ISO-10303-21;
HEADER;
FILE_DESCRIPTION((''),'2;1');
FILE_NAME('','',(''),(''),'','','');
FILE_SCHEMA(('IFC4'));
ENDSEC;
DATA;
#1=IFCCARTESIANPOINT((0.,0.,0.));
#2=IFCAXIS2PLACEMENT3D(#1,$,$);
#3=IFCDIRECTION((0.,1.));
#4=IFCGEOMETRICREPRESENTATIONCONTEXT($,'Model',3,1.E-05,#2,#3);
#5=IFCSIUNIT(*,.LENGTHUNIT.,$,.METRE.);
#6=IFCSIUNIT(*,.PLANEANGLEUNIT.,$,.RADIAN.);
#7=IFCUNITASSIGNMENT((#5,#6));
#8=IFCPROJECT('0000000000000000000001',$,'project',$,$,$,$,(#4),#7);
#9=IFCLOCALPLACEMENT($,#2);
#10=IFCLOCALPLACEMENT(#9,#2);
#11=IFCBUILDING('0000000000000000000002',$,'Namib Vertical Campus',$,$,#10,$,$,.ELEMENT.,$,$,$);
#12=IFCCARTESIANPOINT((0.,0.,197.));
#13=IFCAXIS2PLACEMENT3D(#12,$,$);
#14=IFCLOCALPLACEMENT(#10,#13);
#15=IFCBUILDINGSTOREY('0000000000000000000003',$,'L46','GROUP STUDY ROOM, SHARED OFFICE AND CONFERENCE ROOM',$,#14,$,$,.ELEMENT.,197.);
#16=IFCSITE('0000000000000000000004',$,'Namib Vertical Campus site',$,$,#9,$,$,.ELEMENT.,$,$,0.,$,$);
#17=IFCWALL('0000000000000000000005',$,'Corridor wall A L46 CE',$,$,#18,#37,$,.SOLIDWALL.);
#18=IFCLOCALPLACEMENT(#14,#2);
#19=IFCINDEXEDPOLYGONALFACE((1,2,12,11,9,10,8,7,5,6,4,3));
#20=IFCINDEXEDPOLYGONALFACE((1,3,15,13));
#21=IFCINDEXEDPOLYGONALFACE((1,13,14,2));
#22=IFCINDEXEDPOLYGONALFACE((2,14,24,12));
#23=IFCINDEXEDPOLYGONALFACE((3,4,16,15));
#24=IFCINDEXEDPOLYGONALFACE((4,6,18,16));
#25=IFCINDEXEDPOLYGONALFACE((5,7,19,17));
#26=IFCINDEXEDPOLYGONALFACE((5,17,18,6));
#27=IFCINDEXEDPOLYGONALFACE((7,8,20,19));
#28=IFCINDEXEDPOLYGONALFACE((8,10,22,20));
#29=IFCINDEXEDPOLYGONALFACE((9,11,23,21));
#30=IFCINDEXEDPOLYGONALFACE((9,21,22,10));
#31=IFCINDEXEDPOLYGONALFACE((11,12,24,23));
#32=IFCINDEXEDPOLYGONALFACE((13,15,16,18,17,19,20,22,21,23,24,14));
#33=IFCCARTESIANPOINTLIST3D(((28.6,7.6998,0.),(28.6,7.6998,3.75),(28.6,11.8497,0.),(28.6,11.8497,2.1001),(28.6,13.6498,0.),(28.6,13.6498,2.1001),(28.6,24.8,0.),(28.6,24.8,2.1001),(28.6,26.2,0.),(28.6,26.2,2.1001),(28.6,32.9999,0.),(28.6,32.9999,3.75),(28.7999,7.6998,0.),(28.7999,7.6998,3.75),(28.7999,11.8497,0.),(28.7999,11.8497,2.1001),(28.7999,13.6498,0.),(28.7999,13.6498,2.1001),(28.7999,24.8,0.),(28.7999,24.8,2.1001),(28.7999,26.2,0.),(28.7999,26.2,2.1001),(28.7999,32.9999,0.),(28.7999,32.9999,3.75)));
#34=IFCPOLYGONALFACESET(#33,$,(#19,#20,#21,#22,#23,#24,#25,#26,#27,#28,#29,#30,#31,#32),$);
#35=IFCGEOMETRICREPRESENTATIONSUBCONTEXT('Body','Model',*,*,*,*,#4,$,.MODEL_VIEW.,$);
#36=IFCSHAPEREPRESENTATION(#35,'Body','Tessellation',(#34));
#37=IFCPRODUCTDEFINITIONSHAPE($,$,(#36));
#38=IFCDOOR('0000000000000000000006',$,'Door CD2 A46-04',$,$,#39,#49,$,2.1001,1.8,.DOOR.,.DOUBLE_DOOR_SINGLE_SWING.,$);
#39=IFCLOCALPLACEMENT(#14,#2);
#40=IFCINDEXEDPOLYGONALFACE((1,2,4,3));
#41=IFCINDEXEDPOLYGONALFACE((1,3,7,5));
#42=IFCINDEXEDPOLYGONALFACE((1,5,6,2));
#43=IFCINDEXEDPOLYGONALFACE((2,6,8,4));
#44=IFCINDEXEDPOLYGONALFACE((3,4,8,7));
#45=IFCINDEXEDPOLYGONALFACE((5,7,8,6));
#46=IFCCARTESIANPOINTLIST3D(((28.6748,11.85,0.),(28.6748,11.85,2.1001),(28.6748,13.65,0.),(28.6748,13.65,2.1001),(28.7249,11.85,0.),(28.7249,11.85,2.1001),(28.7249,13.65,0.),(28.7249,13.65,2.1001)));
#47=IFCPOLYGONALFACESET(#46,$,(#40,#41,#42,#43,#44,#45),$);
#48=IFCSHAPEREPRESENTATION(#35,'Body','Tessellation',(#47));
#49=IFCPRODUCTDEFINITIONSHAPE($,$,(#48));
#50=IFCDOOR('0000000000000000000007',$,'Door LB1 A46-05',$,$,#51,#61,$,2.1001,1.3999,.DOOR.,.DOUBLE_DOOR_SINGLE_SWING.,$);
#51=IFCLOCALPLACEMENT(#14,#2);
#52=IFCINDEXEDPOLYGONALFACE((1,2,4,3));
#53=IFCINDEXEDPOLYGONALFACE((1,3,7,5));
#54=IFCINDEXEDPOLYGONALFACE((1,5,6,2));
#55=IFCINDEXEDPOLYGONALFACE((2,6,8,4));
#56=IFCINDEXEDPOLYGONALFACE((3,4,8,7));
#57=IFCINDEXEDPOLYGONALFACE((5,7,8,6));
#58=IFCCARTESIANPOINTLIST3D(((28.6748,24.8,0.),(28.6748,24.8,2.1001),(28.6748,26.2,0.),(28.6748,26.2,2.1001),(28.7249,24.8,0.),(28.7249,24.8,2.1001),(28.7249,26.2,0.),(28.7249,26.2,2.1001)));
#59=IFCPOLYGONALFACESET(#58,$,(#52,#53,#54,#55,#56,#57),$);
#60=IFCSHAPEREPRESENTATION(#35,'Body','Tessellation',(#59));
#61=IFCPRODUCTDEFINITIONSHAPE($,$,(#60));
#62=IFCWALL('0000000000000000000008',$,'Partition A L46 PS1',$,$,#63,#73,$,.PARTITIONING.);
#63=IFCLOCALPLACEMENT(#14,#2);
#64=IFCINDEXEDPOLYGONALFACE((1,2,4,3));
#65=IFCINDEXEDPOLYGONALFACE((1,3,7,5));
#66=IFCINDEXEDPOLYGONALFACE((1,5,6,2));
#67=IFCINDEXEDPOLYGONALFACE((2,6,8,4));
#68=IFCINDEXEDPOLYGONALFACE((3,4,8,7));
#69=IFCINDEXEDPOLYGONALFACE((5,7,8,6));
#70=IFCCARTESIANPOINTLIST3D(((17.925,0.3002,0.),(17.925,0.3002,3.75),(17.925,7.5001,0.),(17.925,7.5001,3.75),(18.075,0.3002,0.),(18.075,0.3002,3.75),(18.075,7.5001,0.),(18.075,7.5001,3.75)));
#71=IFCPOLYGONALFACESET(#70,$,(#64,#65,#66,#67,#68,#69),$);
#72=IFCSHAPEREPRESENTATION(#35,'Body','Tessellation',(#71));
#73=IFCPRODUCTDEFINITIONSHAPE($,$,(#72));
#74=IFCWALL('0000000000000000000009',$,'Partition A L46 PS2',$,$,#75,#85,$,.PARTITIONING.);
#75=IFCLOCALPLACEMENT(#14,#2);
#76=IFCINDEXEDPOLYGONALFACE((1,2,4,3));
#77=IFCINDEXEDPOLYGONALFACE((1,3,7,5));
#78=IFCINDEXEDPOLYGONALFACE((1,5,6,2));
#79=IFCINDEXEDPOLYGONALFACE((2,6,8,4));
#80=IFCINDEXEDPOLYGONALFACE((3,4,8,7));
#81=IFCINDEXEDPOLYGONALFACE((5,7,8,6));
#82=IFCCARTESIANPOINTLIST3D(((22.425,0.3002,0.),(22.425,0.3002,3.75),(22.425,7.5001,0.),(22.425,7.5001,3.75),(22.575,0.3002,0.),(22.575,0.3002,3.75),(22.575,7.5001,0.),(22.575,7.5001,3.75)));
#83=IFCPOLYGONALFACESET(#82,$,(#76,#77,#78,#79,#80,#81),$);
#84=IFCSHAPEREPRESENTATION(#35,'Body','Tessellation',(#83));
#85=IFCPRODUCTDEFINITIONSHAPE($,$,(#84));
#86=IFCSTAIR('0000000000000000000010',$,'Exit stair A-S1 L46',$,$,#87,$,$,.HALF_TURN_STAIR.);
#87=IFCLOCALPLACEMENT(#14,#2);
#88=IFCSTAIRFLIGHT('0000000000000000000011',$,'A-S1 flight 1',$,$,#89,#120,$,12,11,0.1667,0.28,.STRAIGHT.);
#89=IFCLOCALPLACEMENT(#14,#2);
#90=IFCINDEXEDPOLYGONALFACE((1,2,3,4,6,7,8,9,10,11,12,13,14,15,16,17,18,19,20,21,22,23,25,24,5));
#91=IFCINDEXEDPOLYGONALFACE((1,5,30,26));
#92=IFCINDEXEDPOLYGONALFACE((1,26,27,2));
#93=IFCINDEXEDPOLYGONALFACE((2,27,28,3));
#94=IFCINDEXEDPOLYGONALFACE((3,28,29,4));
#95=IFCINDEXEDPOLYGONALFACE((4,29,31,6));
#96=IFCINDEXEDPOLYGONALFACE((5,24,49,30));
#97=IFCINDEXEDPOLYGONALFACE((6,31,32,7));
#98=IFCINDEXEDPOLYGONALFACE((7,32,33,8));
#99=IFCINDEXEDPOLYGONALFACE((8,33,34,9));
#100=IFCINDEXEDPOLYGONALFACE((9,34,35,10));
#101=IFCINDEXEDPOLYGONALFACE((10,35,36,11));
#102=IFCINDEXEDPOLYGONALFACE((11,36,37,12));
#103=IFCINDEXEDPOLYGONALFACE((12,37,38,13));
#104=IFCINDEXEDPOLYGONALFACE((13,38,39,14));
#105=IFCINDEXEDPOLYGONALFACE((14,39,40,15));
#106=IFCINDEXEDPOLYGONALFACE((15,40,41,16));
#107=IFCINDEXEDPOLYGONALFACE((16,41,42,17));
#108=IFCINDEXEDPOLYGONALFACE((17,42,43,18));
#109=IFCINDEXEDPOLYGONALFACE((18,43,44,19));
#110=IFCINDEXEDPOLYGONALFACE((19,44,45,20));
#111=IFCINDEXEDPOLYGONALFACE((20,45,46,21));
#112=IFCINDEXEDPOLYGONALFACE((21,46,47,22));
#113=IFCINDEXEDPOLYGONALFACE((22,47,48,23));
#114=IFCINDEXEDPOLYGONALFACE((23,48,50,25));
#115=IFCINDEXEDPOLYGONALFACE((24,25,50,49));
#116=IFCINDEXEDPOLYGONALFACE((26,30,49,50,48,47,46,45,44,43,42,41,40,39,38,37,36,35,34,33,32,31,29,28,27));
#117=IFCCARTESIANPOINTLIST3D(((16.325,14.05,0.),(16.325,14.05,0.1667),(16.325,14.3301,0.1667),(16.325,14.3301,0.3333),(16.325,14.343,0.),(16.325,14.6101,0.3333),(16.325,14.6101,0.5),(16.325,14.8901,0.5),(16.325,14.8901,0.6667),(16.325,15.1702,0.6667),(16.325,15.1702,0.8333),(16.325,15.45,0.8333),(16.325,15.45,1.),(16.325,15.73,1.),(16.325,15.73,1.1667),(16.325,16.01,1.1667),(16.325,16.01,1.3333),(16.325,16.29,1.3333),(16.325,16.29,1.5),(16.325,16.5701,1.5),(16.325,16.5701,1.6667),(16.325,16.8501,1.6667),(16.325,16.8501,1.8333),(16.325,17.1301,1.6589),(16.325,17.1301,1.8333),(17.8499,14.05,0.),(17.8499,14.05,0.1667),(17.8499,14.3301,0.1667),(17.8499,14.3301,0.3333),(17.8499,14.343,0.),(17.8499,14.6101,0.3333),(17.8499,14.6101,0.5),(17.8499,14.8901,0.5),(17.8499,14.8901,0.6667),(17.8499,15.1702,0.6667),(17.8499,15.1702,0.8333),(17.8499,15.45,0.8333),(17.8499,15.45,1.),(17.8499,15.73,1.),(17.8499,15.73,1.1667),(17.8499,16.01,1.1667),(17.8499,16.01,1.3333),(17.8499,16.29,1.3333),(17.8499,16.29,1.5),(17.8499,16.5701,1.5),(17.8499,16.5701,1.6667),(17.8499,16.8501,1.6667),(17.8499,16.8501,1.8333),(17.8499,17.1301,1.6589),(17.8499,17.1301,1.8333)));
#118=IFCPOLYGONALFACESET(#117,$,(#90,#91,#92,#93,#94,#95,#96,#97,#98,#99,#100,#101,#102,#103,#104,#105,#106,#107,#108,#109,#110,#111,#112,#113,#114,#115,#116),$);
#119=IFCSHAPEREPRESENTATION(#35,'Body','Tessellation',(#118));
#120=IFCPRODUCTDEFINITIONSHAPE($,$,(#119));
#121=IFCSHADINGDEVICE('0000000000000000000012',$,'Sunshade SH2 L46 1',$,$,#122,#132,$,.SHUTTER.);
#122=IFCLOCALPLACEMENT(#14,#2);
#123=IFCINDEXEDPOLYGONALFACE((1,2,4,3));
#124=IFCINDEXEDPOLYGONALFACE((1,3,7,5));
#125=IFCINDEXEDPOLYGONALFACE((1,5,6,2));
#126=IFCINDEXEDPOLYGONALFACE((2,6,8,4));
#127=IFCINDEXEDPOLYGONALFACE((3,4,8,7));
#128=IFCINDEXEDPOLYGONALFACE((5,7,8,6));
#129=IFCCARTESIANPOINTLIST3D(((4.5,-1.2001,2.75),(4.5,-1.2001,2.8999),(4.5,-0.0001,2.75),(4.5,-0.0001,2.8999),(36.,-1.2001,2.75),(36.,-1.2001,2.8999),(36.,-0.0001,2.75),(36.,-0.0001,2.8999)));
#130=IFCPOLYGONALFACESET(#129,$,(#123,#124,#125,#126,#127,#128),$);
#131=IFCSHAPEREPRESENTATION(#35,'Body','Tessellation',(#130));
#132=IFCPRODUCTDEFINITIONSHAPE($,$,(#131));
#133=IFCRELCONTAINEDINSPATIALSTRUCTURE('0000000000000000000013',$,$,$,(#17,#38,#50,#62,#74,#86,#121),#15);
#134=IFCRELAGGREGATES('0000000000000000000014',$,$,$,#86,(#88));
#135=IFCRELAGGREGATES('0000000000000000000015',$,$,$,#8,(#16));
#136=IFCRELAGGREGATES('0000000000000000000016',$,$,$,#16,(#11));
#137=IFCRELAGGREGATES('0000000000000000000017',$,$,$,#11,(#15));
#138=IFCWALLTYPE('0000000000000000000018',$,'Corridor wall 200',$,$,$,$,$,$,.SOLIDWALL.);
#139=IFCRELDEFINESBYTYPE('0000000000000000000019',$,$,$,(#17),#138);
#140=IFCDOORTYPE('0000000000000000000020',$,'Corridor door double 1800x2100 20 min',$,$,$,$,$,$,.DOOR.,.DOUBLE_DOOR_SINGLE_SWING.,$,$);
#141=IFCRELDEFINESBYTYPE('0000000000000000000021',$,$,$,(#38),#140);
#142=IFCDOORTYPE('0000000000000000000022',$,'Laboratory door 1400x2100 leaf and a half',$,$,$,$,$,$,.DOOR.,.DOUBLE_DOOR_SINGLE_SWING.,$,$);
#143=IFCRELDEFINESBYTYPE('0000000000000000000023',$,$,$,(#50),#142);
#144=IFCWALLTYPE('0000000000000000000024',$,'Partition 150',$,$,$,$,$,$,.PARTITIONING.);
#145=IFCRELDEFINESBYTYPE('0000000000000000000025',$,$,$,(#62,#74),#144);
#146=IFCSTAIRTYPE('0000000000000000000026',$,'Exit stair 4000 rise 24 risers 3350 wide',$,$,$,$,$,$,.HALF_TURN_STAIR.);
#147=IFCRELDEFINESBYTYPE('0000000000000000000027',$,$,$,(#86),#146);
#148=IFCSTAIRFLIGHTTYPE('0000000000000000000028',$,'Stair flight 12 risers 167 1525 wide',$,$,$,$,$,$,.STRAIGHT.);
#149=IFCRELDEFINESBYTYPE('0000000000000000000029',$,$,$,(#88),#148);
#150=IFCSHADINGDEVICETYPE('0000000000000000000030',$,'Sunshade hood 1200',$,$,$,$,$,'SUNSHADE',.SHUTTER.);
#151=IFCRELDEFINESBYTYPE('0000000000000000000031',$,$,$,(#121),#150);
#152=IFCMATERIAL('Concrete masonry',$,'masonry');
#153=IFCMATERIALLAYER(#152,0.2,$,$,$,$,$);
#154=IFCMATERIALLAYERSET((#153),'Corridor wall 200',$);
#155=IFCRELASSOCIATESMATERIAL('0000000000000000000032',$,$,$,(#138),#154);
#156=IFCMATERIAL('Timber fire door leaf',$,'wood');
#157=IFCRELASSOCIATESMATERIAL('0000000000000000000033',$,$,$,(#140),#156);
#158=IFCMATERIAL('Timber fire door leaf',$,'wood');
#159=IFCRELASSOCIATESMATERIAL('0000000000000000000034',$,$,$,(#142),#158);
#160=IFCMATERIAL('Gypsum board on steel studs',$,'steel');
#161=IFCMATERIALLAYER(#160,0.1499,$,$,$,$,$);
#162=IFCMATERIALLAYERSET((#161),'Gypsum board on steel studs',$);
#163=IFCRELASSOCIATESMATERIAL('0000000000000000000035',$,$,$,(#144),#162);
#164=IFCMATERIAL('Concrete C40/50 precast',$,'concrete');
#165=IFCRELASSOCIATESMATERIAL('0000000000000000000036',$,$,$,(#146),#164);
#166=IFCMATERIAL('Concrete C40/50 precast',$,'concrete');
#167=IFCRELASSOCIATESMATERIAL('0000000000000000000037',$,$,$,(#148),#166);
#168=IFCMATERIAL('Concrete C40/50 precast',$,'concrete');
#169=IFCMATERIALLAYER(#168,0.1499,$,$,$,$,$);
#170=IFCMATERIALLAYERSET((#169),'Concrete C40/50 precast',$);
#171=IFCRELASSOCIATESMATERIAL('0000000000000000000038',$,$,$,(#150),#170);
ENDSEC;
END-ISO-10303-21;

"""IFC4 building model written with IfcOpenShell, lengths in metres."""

from ifc_helpers import new_model, si_unit, direction, frame, frame_2d, origin, origin_2d, place, context, subcontext, project, spatial, polyline, rectangle, outline, extrude, material, layer, layer_set, type_object, element, fill, aggregate, save


model = new_model("IFC4")

# Units and contexts
model_context = context("Model", 3, precision=1e-05, world=origin(), true_north=direction((0.0, 1.0)))
body_context = subcontext(model_context, "Body", "Model", "MODEL_VIEW")
ifc_project = project(units=[si_unit("LENGTHUNIT", "METRE"), si_unit("PLANEANGLEUNIT", "RADIAN")], contexts=[model_context])

# Site, building, storey
site_placement = place(None, origin())
site = spatial("IfcSite", under=ifc_project, at=site_placement, Name="Namib Vertical Campus site", CompositionType="ELEMENT", RefElevation=0.0)
building_placement = place(site_placement, origin())
building = spatial("IfcBuilding", under=site, at=building_placement, Name="Namib Vertical Campus", CompositionType="ELEMENT")
storey_placement = place(building_placement, frame((0.0, 0.0, 197.0)))
storey = spatial("IfcBuildingStorey", under=building, at=storey_placement, Name="L46", Description="GROUP STUDY ROOM, SHARED OFFICE AND CONFERENCE ROOM", CompositionType="ELEMENT", Elevation=197.0)

# Wall, openings, doors
ifc_material_1 = material(Name="Concrete masonry", Category="masonry")
ifc_layer_1 = layer(ifc_material_1, 0.2)
ifc_layer_set_1 = layer_set([ifc_layer_1], Name="Corridor wall 200")
wall_type_1 = type_object("IfcWallType", Name="Corridor wall 200", PredefinedType="SOLIDWALL", material=ifc_layer_set_1)
wall_1_placement = place(storey_placement, frame((28.7, 7.7, 0.0), z_axis=(0.0, 0.0, 1.0), x_axis=(0.0, 1.0, 0.0)))
wall_1 = element("IfcWall", 1, at=wall_1_placement, inside=storey, type_object=wall_type_1, Name="Corridor wall A L46 CE", PredefinedType="SOLIDWALL", context=body_context, shape_type="SweptSolid", body=[
    extrude(rectangle(XDim=25.3, YDim=0.2, at=frame_2d((12.6499, 0.0))), origin(), (0.0, 0.0, 1.0), 3.75),
])
opening_1_placement = place(wall_1_placement, frame((4.1499, 0.0, 0.0)))
opening_1 = element("IfcOpeningElement", 2, at=opening_1_placement, cuts=wall_1, PredefinedType="OPENING", context=body_context, shape_type="SweptSolid", body=[
    extrude(rectangle(XDim=1.8, YDim=2.1001, at=frame_2d((0.8999, 1.05))), frame((0.0, 0.1099, 0.0), z_axis=(0.0, -1.0, 0.0), x_axis=(1.0, 0.0, 0.0)), (0.0, 0.0, 1.0), 0.22),
])
opening_2_placement = place(wall_1_placement, frame((17.1001, 0.0, 0.0)))
opening_2 = element("IfcOpeningElement", 3, at=opening_2_placement, cuts=wall_1, PredefinedType="OPENING", context=body_context, shape_type="SweptSolid", body=[
    extrude(rectangle(XDim=1.3999, YDim=2.1001, at=frame_2d((0.7, 1.05))), frame((0.0, 0.1099, 0.0), z_axis=(0.0, -1.0, 0.0), x_axis=(1.0, 0.0, 0.0)), (0.0, 0.0, 1.0), 0.22),
])
ifc_material_2 = material(Name="Timber fire door leaf", Category="wood")
door_type_1 = type_object("IfcDoorType", Name="Corridor door double 1800x2100 20 min", OperationType="DOUBLE_DOOR_SINGLE_SWING", PredefinedType="DOOR", material=ifc_material_2)
door_1_placement = place(opening_1_placement, frame((1.8, 0.0, 0.0), z_axis=(0.0, 0.0, 1.0), x_axis=(-1.0, 0.0, 0.0)))
door_1 = element("IfcDoor", 4, at=door_1_placement, inside=storey, type_object=door_type_1, Name="Door CD2 A46-04", OperationType="DOUBLE_DOOR_SINGLE_SWING", OverallHeight=2.1001, OverallWidth=1.8, PredefinedType="DOOR", context=body_context, shape_type="SweptSolid", body=[
    extrude(rectangle(XDim=1.8, YDim=2.1001, at=frame_2d((0.8999, 1.05))), frame((0.0, 0.0249, 0.0), z_axis=(0.0, -1.0, 0.0), x_axis=(1.0, 0.0, 0.0)), (0.0, 0.0, 1.0), 0.05),
])
fill(opening_1, door_1)
ifc_material_3 = material(Name="Timber fire door leaf", Category="wood")
door_type_2 = type_object("IfcDoorType", Name="Laboratory door 1400x2100 leaf and a half", OperationType="DOUBLE_DOOR_SINGLE_SWING", PredefinedType="DOOR", material=ifc_material_3)
door_2_placement = place(opening_2_placement, frame((1.3999, 0.0, 0.0), z_axis=(0.0, 0.0, 1.0), x_axis=(-1.0, 0.0, 0.0)))
door_2 = element("IfcDoor", 5, at=door_2_placement, inside=storey, type_object=door_type_2, Name="Door LB1 A46-05", OperationType="DOUBLE_DOOR_SINGLE_SWING", OverallHeight=2.1001, OverallWidth=1.3999, PredefinedType="DOOR", context=body_context, shape_type="SweptSolid", body=[
    extrude(rectangle(XDim=1.3999, YDim=2.1001, at=frame_2d((0.7, 1.05))), frame((0.0, 0.0249, 0.0), z_axis=(0.0, -1.0, 0.0), x_axis=(1.0, 0.0, 0.0)), (0.0, 0.0, 1.0), 0.05),
])
fill(opening_2, door_2)

# Walls
ifc_material_4 = material(Name="Gypsum board on steel studs", Category="steel")
ifc_layer_2 = layer(ifc_material_4, 0.1499)
ifc_layer_set_2 = layer_set([ifc_layer_2], Name="Gypsum board on steel studs")
wall_type_2 = type_object("IfcWallType", Name="Partition 150", PredefinedType="PARTITIONING", material=ifc_layer_set_2)
for number, where, z_axis, x_axis, name in (
    (6, (18.0, 0.3, 0.0), (0.0, 0.0, 1.0), (0.0, 1.0, 0.0), "Partition A L46 PS1"),
    (7, (22.5, 0.3, 0.0), (0.0, 0.0, 1.0), (0.0, 1.0, 0.0), "Partition A L46 PS2"),
):
    element("IfcWall", number, at=place(storey_placement, frame(where, z_axis=z_axis, x_axis=x_axis)), inside=storey, type_object=wall_type_2, Name=name, PredefinedType="PARTITIONING", context=body_context, shape_type="SweptSolid", body=[
        extrude(rectangle(XDim=7.2, YDim=0.1499, at=frame_2d((3.6001, 0.0))), origin(), (0.0, 0.0, 1.0), 3.75),
    ])

# Stair, stair flight
ifc_material_5 = material(Name="Concrete C40/50 precast", Category="concrete")
stair_type = type_object("IfcStairType", Name="Exit stair 4000 rise 24 risers 3350 wide", PredefinedType="HALF_TURN_STAIR", material=ifc_material_5)
stair_placement = place(storey_placement, origin())
stair = element("IfcStair", 8, at=stair_placement, inside=storey, type_object=stair_type, Name="Exit stair A-S1 L46", PredefinedType="HALF_TURN_STAIR")
ifc_material_6 = material(Name="Concrete C40/50 precast", Category="concrete")
stair_flight_type = type_object("IfcStairFlightType", Name="Stair flight 12 risers 167 1525 wide", PredefinedType="STRAIGHT", material=ifc_material_6)
stair_flight_placement = place(storey_placement, frame((17.0874, 14.05, 0.0), z_axis=(0.0, 0.0, 1.0), x_axis=(0.0, 1.0, 0.0)))
stair_flight = element("IfcStairFlight", 9, at=stair_flight_placement, type_object=stair_flight_type, Name="A-S1 flight 1", NumberOfRisers=12, NumberOfTreads=11, PredefinedType="STRAIGHT", RiserHeight=0.1667, TreadLength=0.28, context=body_context, shape_type="SweptSolid", body=[
    extrude(outline(polyline([(0.0, 0.0), (0.0, 0.1667), (0.28, 0.1667), (0.28, 0.3333), (0.5601, 0.3333), (0.5601, 0.5), (0.8401, 0.5), (0.8401, 0.6667), (1.1201, 0.6667), (1.1201, 0.8333), (1.3999, 0.8333), (1.3999, 1.0), (1.6799, 1.0), (1.6799, 1.1667), (1.96, 1.1667), (1.96, 1.3333), (2.24, 1.3333), (2.24, 1.5), (2.52, 1.5), (2.52, 1.6667), (2.8, 1.6667), (2.8, 1.8333), (3.0801, 1.8333), (3.0801, 2.0), (3.0801, 1.6589), (0.293, 0.0), (0.0, 0.0)])), frame((0.0, 0.7625, 0.0), z_axis=(0.0, -1.0, 0.0), x_axis=(1.0, 0.0, 0.0)), (0.0, 0.0, 1.0), 1.5249),
])
aggregate(stair, [stair_flight])

# Shading device
ifc_material_7 = material(Name="Concrete C40/50 precast", Category="concrete")
ifc_layer_3 = layer(ifc_material_7, 0.1499)
ifc_layer_set_3 = layer_set([ifc_layer_3], Name="Concrete C40/50 precast")
shading_device_type = type_object("IfcShadingDeviceType", Name="Sunshade hood 1200", ElementType="SUNSHADE", PredefinedType="SHUTTER", material=ifc_layer_set_3)
shading_device_placement = place(storey_placement, frame((20.25, -0.6001, 2.75), z_axis=(0.0, 0.0, 1.0), x_axis=(1.0, 0.0, 0.0)))
element("IfcShadingDevice", 10, at=shading_device_placement, inside=storey, type_object=shading_device_type, Name="Sunshade SH2 L46 1", PredefinedType="SHUTTER", context=body_context, shape_type="SweptSolid", body=[
    extrude(rectangle(XDim=31.5, YDim=1.2, at=origin_2d()), origin(), (0.0, 0.0, 1.0), 0.1499),
])

save(model, "model.ifc")
